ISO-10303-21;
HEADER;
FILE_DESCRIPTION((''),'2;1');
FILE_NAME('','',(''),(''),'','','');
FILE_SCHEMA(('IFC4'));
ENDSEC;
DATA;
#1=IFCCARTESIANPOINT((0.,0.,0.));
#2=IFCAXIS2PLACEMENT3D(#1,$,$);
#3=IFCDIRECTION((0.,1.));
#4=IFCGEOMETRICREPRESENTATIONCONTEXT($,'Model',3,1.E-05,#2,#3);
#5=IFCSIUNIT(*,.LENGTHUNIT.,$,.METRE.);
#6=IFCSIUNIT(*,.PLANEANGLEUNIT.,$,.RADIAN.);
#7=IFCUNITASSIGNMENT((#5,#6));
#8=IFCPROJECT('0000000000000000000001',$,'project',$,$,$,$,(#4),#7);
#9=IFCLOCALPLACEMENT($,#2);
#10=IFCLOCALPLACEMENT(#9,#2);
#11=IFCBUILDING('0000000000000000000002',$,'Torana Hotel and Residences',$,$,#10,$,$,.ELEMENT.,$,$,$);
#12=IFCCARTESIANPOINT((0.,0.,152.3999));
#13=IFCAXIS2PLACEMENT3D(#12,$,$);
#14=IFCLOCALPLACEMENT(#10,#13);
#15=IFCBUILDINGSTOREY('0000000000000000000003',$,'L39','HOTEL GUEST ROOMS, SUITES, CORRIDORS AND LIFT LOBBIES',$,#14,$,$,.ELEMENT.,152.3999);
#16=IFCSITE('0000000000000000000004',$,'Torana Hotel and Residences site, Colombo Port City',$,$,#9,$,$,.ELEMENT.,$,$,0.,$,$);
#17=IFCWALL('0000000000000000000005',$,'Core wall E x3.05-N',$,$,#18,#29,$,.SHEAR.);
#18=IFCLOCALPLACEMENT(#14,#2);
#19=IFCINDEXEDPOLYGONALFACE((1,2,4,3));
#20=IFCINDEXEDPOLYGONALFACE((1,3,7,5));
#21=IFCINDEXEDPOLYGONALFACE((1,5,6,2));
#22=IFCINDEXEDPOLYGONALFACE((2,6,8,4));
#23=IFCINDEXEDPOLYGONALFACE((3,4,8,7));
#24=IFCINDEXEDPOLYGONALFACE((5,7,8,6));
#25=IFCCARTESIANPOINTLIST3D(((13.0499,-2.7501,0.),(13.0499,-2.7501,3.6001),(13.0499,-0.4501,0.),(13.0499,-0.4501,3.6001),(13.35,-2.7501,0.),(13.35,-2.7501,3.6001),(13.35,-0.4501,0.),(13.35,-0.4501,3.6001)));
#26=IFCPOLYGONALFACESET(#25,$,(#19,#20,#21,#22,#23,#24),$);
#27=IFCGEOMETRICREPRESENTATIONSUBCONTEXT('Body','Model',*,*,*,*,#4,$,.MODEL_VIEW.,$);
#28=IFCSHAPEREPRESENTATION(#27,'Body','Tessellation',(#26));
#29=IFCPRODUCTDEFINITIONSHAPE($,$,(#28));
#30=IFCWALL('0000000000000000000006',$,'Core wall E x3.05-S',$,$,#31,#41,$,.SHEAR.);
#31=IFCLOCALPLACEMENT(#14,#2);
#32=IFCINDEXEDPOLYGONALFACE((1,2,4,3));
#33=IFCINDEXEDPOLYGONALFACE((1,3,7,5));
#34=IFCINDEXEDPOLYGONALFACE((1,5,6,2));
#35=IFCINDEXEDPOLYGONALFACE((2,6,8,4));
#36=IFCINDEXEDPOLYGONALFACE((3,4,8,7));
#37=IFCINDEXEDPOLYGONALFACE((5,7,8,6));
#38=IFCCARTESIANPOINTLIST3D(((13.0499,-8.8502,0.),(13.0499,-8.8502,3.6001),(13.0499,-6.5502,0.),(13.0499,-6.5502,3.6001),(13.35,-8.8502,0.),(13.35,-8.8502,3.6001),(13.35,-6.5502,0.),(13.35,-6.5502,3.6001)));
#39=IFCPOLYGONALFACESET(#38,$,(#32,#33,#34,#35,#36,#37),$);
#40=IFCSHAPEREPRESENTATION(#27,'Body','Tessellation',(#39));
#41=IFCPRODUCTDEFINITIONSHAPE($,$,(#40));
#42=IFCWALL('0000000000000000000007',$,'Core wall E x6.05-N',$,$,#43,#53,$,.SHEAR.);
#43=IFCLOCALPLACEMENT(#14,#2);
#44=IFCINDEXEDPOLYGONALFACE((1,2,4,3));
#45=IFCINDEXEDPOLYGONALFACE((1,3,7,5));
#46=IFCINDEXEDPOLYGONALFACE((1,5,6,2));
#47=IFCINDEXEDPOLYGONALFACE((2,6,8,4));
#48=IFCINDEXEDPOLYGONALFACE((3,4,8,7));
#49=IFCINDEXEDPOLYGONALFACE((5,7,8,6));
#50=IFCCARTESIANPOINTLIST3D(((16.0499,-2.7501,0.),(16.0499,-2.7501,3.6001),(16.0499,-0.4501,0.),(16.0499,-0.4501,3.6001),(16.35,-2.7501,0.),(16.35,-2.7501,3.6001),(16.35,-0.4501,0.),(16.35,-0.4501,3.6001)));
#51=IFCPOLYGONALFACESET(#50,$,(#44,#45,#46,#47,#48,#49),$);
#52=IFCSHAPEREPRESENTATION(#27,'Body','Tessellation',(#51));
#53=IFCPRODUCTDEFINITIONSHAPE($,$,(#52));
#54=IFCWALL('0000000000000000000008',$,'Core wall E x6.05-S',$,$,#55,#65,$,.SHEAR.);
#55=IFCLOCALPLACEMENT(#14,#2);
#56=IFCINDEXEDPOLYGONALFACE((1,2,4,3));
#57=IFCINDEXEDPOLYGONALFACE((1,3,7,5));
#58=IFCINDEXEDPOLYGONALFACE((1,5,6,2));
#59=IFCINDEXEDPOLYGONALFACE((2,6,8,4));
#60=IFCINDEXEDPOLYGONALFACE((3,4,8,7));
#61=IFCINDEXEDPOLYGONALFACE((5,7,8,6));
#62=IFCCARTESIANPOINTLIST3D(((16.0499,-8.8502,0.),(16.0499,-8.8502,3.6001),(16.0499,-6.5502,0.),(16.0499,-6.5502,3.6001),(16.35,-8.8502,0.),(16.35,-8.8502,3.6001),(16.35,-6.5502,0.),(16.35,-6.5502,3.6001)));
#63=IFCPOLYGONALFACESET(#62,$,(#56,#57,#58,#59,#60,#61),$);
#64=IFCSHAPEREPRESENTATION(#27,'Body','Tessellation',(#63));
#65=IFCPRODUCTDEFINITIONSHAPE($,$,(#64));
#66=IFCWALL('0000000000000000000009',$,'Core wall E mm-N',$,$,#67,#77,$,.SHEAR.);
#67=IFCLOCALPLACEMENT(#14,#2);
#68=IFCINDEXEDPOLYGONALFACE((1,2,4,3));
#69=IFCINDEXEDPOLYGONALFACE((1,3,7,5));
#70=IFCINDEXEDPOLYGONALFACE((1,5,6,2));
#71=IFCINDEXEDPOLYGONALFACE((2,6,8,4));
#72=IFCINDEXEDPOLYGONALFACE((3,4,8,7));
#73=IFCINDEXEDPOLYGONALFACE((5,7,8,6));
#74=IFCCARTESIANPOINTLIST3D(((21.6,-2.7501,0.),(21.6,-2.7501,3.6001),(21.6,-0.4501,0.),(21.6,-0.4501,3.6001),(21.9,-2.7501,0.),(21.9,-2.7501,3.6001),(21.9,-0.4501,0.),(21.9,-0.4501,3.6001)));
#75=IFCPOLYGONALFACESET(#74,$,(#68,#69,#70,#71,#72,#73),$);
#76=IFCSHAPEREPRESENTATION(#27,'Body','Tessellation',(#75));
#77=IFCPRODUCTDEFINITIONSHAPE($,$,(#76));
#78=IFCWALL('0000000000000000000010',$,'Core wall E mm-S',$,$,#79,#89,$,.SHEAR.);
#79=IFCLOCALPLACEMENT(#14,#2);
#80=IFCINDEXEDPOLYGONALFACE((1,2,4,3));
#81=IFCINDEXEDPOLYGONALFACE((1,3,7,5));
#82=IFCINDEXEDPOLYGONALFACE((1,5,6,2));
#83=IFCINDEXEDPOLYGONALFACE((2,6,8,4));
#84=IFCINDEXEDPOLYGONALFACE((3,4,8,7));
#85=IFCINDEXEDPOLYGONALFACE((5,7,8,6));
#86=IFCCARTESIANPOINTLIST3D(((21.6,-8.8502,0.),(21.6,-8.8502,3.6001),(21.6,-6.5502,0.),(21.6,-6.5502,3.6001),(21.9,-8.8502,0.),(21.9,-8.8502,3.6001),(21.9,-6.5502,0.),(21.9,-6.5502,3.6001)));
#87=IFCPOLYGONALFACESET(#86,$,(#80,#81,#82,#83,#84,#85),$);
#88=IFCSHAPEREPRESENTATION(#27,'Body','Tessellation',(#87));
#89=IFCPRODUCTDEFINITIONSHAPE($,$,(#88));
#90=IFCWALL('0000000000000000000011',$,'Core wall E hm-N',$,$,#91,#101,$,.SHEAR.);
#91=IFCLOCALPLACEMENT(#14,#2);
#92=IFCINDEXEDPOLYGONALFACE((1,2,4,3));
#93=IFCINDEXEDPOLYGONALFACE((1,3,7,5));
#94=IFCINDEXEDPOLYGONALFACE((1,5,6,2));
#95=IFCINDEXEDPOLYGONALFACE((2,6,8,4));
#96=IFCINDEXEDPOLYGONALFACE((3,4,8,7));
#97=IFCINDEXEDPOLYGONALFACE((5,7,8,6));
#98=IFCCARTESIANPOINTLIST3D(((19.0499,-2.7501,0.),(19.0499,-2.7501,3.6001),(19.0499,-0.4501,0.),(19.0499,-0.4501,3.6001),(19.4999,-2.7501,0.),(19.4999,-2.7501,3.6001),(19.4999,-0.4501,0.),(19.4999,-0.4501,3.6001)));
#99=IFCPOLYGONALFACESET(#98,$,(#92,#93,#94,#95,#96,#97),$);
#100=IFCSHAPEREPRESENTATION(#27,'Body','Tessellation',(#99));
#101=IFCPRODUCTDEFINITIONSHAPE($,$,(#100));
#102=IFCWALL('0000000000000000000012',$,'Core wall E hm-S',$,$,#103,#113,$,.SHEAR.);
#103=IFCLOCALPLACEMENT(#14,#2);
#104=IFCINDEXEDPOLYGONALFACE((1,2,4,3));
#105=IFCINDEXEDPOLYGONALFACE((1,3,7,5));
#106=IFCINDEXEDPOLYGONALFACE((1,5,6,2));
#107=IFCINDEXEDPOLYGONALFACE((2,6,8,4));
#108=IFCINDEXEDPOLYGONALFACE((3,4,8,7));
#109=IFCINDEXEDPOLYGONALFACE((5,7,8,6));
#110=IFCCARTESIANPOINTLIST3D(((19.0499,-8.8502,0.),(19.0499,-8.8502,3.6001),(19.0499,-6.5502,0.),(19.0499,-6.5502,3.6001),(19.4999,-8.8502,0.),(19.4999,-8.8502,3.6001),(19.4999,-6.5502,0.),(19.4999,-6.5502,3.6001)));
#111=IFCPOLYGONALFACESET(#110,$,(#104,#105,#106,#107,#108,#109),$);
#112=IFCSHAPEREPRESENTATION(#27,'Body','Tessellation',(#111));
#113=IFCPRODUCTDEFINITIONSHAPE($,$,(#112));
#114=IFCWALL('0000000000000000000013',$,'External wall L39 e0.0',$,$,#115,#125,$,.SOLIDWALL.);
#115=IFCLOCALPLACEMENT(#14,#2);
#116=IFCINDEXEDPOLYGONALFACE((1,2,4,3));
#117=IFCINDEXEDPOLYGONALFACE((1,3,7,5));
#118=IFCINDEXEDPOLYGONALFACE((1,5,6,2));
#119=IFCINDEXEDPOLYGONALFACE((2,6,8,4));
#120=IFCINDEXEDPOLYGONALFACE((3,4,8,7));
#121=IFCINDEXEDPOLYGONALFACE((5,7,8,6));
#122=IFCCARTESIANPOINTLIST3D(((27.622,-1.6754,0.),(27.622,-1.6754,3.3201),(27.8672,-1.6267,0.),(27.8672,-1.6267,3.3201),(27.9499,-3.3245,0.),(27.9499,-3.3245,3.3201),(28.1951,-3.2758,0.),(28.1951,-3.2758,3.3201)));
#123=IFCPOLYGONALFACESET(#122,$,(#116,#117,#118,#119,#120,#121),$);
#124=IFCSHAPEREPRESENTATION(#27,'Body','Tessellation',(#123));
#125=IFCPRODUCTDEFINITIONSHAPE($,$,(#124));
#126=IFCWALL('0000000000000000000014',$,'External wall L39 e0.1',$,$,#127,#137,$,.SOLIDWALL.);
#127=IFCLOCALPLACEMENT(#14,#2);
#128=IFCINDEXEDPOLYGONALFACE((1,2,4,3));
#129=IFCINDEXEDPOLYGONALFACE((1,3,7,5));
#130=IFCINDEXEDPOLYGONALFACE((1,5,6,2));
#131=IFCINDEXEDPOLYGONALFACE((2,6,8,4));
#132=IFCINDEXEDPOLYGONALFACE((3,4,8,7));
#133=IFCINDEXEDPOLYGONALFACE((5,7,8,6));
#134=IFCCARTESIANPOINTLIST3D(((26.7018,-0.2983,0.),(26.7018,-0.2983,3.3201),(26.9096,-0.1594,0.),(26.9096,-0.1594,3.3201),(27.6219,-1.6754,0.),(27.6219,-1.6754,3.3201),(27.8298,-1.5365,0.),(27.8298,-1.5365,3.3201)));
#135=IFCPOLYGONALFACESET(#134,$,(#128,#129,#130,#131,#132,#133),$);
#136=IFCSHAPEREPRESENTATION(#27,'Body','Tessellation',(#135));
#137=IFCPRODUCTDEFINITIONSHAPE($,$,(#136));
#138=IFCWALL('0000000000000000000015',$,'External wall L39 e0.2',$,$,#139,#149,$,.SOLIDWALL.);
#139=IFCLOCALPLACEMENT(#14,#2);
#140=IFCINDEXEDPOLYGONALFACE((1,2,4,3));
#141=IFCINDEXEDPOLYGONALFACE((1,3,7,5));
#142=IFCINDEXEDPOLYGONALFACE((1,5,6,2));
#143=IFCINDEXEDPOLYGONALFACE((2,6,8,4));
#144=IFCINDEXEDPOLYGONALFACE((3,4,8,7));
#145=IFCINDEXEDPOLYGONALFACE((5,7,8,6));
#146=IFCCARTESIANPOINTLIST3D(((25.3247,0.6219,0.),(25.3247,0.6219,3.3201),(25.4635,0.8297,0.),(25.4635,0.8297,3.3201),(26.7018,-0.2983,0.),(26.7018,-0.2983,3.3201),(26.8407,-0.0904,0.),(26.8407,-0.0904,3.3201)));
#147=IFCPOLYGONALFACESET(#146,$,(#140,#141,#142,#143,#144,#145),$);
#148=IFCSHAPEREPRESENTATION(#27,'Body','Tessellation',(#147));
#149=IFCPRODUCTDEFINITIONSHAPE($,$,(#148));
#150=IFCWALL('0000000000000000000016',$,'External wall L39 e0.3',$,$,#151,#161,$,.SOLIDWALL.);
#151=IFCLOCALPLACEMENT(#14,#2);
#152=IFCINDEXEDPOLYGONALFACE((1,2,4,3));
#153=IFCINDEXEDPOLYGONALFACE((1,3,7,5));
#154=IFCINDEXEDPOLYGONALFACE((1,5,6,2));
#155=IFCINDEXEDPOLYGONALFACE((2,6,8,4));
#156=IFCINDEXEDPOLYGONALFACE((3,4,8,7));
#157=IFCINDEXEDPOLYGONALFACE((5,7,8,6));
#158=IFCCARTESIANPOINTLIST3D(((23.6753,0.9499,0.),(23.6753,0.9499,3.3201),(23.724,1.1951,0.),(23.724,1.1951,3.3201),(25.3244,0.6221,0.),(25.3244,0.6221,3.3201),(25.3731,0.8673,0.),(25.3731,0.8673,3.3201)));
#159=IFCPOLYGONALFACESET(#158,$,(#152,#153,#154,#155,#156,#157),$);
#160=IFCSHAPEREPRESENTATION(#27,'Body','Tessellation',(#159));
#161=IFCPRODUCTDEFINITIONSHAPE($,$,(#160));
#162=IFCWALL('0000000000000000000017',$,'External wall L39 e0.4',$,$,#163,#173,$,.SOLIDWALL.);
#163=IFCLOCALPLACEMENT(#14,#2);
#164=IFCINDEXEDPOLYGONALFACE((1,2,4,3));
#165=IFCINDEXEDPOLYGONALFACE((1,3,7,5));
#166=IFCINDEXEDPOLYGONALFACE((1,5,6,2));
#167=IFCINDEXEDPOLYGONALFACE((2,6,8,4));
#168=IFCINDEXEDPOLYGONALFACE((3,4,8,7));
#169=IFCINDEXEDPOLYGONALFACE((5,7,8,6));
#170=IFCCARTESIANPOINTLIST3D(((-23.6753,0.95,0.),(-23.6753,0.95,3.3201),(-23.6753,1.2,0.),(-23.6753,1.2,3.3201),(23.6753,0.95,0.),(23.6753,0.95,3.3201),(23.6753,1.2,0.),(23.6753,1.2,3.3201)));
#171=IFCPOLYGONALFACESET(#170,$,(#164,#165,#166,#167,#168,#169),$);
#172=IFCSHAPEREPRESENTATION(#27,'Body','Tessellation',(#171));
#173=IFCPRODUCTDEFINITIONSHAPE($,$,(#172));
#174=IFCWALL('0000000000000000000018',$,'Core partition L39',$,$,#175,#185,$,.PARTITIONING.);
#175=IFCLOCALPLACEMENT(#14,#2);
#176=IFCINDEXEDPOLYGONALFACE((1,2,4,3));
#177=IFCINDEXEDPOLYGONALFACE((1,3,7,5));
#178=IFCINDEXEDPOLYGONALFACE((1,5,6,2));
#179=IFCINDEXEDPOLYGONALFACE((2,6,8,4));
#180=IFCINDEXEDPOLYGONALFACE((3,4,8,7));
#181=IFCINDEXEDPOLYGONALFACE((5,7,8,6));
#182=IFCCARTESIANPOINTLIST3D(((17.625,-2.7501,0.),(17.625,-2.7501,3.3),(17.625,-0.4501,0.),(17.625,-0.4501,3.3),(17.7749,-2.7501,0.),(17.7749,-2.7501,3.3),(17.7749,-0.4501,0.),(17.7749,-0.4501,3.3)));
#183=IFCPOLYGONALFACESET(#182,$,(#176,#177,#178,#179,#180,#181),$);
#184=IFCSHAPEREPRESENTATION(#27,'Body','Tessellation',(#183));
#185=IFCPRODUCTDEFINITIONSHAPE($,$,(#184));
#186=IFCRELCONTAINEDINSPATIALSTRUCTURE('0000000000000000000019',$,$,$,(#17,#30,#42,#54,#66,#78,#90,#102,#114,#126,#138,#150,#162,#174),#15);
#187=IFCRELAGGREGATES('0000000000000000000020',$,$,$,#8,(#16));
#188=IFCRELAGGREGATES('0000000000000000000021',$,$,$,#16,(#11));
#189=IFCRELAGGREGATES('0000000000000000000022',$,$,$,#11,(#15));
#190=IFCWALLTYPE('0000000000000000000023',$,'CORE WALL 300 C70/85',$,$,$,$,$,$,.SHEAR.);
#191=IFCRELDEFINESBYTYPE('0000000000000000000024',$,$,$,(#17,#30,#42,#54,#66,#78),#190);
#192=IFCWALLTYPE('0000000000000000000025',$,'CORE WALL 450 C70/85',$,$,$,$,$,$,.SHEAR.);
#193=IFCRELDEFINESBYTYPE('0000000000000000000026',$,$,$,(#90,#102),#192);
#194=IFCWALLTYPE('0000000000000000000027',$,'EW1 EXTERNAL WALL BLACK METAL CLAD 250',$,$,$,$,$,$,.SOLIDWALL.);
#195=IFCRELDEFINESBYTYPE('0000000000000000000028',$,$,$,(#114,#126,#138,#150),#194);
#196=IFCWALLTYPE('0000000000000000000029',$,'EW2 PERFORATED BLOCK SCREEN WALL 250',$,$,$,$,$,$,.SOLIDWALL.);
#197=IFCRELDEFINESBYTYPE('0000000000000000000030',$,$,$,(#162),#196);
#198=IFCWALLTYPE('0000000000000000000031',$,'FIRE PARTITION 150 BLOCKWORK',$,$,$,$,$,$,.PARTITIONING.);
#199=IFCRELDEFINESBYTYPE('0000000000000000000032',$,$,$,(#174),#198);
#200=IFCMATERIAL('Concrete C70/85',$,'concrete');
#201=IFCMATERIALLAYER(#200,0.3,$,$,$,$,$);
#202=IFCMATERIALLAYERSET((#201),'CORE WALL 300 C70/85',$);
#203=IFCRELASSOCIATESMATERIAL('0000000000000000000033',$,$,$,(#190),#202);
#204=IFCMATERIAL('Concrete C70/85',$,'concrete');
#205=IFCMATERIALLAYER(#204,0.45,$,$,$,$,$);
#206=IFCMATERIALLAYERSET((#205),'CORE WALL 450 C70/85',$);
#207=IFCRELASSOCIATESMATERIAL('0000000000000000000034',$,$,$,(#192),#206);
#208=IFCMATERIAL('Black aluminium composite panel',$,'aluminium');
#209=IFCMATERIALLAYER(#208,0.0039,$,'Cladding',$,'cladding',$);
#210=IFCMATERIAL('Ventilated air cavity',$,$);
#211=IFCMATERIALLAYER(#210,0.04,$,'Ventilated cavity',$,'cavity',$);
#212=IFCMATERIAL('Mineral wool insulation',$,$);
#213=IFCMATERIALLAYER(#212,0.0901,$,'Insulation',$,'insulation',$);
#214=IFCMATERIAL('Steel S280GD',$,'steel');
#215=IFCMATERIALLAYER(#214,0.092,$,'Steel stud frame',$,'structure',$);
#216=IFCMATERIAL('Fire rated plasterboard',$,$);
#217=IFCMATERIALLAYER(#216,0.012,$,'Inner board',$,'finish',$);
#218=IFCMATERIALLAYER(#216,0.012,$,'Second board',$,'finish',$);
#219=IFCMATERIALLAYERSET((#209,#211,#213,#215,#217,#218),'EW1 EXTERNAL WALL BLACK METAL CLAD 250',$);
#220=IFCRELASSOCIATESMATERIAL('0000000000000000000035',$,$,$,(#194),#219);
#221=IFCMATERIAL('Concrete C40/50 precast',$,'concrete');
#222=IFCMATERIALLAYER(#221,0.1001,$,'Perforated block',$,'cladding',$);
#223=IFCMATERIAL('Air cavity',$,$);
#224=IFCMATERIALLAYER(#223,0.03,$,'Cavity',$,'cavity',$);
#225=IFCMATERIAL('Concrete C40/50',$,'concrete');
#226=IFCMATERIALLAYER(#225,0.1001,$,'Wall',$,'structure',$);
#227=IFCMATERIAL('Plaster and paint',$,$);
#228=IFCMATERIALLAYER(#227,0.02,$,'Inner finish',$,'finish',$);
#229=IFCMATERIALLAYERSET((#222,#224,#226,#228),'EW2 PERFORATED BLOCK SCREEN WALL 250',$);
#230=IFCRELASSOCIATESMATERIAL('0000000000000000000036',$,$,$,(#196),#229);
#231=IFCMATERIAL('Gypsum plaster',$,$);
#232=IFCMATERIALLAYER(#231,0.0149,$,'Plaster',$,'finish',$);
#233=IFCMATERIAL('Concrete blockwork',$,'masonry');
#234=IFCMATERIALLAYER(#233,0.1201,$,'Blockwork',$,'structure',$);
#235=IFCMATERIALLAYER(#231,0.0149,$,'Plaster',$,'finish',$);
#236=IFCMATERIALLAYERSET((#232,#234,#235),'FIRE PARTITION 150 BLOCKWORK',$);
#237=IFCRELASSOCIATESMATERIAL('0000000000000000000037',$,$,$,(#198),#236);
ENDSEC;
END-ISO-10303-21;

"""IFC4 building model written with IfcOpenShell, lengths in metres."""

from ifc_helpers import new_model, si_unit, direction, frame, frame_2d, origin, place, context, subcontext, project, spatial, rectangle, extrude, material, layer, layer_set, type_object, element, save


model = new_model("IFC4")

# Units and contexts
model_context = context("Model", 3, precision=1e-05, world=origin(), true_north=direction((0.0, 1.0)))
body_context = subcontext(model_context, "Body", "Model", "MODEL_VIEW")
ifc_project = project(units=[si_unit("LENGTHUNIT", "METRE"), si_unit("PLANEANGLEUNIT", "RADIAN")], contexts=[model_context])

# Site, building, storey
site_placement = place(None, origin())
site = spatial("IfcSite", under=ifc_project, at=site_placement, Name="Torana Hotel and Residences site, Colombo Port City", CompositionType="ELEMENT", RefElevation=0.0)
building_placement = place(site_placement, origin())
building = spatial("IfcBuilding", under=site, at=building_placement, Name="Torana Hotel and Residences", CompositionType="ELEMENT")
storey_placement = place(building_placement, frame((0.0, 0.0, 152.3999)))
storey = spatial("IfcBuildingStorey", under=building, at=storey_placement, Name="L39", Description="HOTEL GUEST ROOMS, SUITES, CORRIDORS AND LIFT LOBBIES", CompositionType="ELEMENT", Elevation=152.3999)

# Walls
ifc_material_1 = material(Name="Concrete C70/85", Category="concrete")
ifc_layer_1 = layer(ifc_material_1, 0.3)
ifc_layer_set_1 = layer_set([ifc_layer_1], Name="CORE WALL 300 C70/85")
wall_type_1 = type_object("IfcWallType", Name="CORE WALL 300 C70/85", PredefinedType="SHEAR", material=ifc_layer_set_1)
for number, where, z_axis, x_axis, name in (
    (1, (13.2, -2.75, 0.0), (0.0, 0.0, 1.0), (0.0, 1.0, 0.0), "Core wall E x3.05-N"),
    (2, (13.2, -8.8501, 0.0), (0.0, 0.0, 1.0), (0.0, 1.0, 0.0), "Core wall E x3.05-S"),
    (3, (16.2, -2.75, 0.0), (0.0, 0.0, 1.0), (0.0, 1.0, 0.0), "Core wall E x6.05-N"),
    (4, (16.2, -8.8501, 0.0), (0.0, 0.0, 1.0), (0.0, 1.0, 0.0), "Core wall E x6.05-S"),
    (5, (21.75, -2.75, 0.0), (0.0, 0.0, 1.0), (0.0, 1.0, 0.0), "Core wall E mm-N"),
    (6, (21.75, -8.8501, 0.0), (0.0, 0.0, 1.0), (0.0, 1.0, 0.0), "Core wall E mm-S"),
):
    element("IfcWall", number, at=place(storey_placement, frame(where, z_axis=z_axis, x_axis=x_axis)), inside=storey, type_object=wall_type_1, Name=name, PredefinedType="SHEAR", context=body_context, shape_type="SweptSolid", body=[
        extrude(rectangle(XDim=2.3, YDim=0.3, at=frame_2d((1.1499, 0.0))), origin(), (0.0, 0.0, 1.0), 3.6001),
    ])
ifc_material_2 = material(Name="Concrete C70/85", Category="concrete")
ifc_layer_2 = layer(ifc_material_2, 0.45)
ifc_layer_set_2 = layer_set([ifc_layer_2], Name="CORE WALL 450 C70/85")
wall_type_2 = type_object("IfcWallType", Name="CORE WALL 450 C70/85", PredefinedType="SHEAR", material=ifc_layer_set_2)
for number, where, z_axis, x_axis, name in (
    (7, (19.2749, -2.75, 0.0), (0.0, 0.0, 1.0), (0.0, 1.0, 0.0), "Core wall E hm-N"),
    (8, (19.2749, -8.8501, 0.0), (0.0, 0.0, 1.0), (0.0, 1.0, 0.0), "Core wall E hm-S"),
):
    element("IfcWall", number, at=place(storey_placement, frame(where, z_axis=z_axis, x_axis=x_axis)), inside=storey, type_object=wall_type_2, Name=name, PredefinedType="SHEAR", context=body_context, shape_type="SweptSolid", body=[
        extrude(rectangle(XDim=2.3, YDim=0.45, at=frame_2d((1.1499, 0.0))), origin(), (0.0, 0.0, 1.0), 3.6001),
    ])
ifc_material_3 = material(Name="Black aluminium composite panel", Category="aluminium")
ifc_layer_3 = layer(ifc_material_3, 0.0039, Name="Cladding", Category="cladding")
ifc_material_4 = material(Name="Ventilated air cavity")
ifc_layer_4 = layer(ifc_material_4, 0.04, Name="Ventilated cavity", Category="cavity")
ifc_material_5 = material(Name="Mineral wool insulation")
ifc_layer_5 = layer(ifc_material_5, 0.0901, Name="Insulation", Category="insulation")
ifc_material_6 = material(Name="Steel S280GD", Category="steel")
ifc_layer_6 = layer(ifc_material_6, 0.092, Name="Steel stud frame", Category="structure")
ifc_material_7 = material(Name="Fire rated plasterboard")
ifc_layer_7 = layer(ifc_material_7, 0.012, Name="Inner board", Category="finish")
ifc_layer_8 = layer(ifc_material_7, 0.012, Name="Second board", Category="finish")
ifc_layer_set_3 = layer_set([ifc_layer_3, ifc_layer_4, ifc_layer_5, ifc_layer_6, ifc_layer_7, ifc_layer_8], Name="EW1 EXTERNAL WALL BLACK METAL CLAD 250")
wall_type_3 = type_object("IfcWallType", Name="EW1 EXTERNAL WALL BLACK METAL CLAD 250", PredefinedType="SOLIDWALL", material=ifc_layer_set_3)
wall_1_placement = place(storey_placement, frame((28.0725, -3.3003, 0.0), z_axis=(0.0, 0.0, 1.0), x_axis=(-0.194999, 0.980803, 0.0)))
element("IfcWall", 9, at=wall_1_placement, inside=storey, type_object=wall_type_3, Name="External wall L39 e0.0", PredefinedType="SOLIDWALL", context=body_context, shape_type="SweptSolid", body=[
    extrude(rectangle(XDim=1.6814, YDim=0.25, at=frame_2d((0.8408, 0.0))), origin(), (0.0, 0.0, 1.0), 3.3201),
])
for number, where, z_axis, x_axis, name in (
    (10, (27.7258, -1.606, 0.0), (0.0, 0.0, 1.0), (-0.55555, 0.831483, 0.0), "External wall L39 e0.1"),
    (11, (26.7712, -0.1943, 0.0), (0.0, 0.0, 1.0), (-0.831483, 0.55555, 0.0), "External wall L39 e0.2"),
):
    element("IfcWall", number, at=place(storey_placement, frame(where, z_axis=z_axis, x_axis=x_axis)), inside=storey, type_object=wall_type_3, Name=name, PredefinedType="SOLIDWALL", context=body_context, shape_type="SweptSolid", body=[
        extrude(rectangle(XDim=1.6562, YDim=0.25, at=frame_2d((0.8281, 0.0))), origin(), (0.0, 0.0, 1.0), 3.3201),
    ])
wall_2_placement = place(storey_placement, frame((25.3489, 0.7446, 0.0), z_axis=(0.0, 0.0, 1.0), x_axis=(-0.980803, 0.194999, 0.0)))
element("IfcWall", 12, at=wall_2_placement, inside=storey, type_object=wall_type_3, Name="External wall L39 e0.3", PredefinedType="SOLIDWALL", context=body_context, shape_type="SweptSolid", body=[
    extrude(rectangle(XDim=1.6814, YDim=0.25, at=frame_2d((0.8408, 0.0))), origin(), (0.0, 0.0, 1.0), 3.3201),
])
ifc_material_8 = material(Name="Concrete C40/50 precast", Category="concrete")
ifc_layer_9 = layer(ifc_material_8, 0.1001, Name="Perforated block", Category="cladding")
ifc_material_9 = material(Name="Air cavity")
ifc_layer_10 = layer(ifc_material_9, 0.03, Name="Cavity", Category="cavity")
ifc_material_10 = material(Name="Concrete C40/50", Category="concrete")
ifc_layer_11 = layer(ifc_material_10, 0.1001, Name="Wall", Category="structure")
ifc_material_11 = material(Name="Plaster and paint")
ifc_layer_12 = layer(ifc_material_11, 0.02, Name="Inner finish", Category="finish")
ifc_layer_set_4 = layer_set([ifc_layer_9, ifc_layer_10, ifc_layer_11, ifc_layer_12], Name="EW2 PERFORATED BLOCK SCREEN WALL 250")
wall_type_4 = type_object("IfcWallType", Name="EW2 PERFORATED BLOCK SCREEN WALL 250", PredefinedType="SOLIDWALL", material=ifc_layer_set_4)
wall_3_placement = place(storey_placement, frame((23.6753, 1.075, 0.0), z_axis=(0.0, 0.0, 1.0), x_axis=(-1.0, 0.0, 0.0)))
element("IfcWall", 13, at=wall_3_placement, inside=storey, type_object=wall_type_4, Name="External wall L39 e0.4", PredefinedType="SOLIDWALL", context=body_context, shape_type="SweptSolid", body=[
    extrude(rectangle(XDim=47.3506, YDim=0.25, at=frame_2d((23.6753, 0.0))), origin(), (0.0, 0.0, 1.0), 3.3201),
])
ifc_material_12 = material(Name="Gypsum plaster")
ifc_layer_13 = layer(ifc_material_12, 0.0149, Name="Plaster", Category="finish")
ifc_material_13 = material(Name="Concrete blockwork", Category="masonry")
ifc_layer_14 = layer(ifc_material_13, 0.1201, Name="Blockwork", Category="structure")
ifc_layer_15 = layer(ifc_material_12, 0.0149, Name="Plaster", Category="finish")
ifc_layer_set_5 = layer_set([ifc_layer_13, ifc_layer_14, ifc_layer_15], Name="FIRE PARTITION 150 BLOCKWORK")
wall_type_5 = type_object("IfcWallType", Name="FIRE PARTITION 150 BLOCKWORK", PredefinedType="PARTITIONING", material=ifc_layer_set_5)
wall_4_placement = place(storey_placement, frame((17.7, -2.75, 0.0), z_axis=(0.0, 0.0, 1.0), x_axis=(0.0, 1.0, 0.0)))
element("IfcWall", 14, at=wall_4_placement, inside=storey, type_object=wall_type_5, Name="Core partition L39", PredefinedType="PARTITIONING", context=body_context, shape_type="SweptSolid", body=[
    extrude(rectangle(XDim=2.3, YDim=0.1499, at=frame_2d((1.1499, 0.0))), origin(), (0.0, 0.0, 1.0), 3.3),
])

save(model, "model.ifc")
